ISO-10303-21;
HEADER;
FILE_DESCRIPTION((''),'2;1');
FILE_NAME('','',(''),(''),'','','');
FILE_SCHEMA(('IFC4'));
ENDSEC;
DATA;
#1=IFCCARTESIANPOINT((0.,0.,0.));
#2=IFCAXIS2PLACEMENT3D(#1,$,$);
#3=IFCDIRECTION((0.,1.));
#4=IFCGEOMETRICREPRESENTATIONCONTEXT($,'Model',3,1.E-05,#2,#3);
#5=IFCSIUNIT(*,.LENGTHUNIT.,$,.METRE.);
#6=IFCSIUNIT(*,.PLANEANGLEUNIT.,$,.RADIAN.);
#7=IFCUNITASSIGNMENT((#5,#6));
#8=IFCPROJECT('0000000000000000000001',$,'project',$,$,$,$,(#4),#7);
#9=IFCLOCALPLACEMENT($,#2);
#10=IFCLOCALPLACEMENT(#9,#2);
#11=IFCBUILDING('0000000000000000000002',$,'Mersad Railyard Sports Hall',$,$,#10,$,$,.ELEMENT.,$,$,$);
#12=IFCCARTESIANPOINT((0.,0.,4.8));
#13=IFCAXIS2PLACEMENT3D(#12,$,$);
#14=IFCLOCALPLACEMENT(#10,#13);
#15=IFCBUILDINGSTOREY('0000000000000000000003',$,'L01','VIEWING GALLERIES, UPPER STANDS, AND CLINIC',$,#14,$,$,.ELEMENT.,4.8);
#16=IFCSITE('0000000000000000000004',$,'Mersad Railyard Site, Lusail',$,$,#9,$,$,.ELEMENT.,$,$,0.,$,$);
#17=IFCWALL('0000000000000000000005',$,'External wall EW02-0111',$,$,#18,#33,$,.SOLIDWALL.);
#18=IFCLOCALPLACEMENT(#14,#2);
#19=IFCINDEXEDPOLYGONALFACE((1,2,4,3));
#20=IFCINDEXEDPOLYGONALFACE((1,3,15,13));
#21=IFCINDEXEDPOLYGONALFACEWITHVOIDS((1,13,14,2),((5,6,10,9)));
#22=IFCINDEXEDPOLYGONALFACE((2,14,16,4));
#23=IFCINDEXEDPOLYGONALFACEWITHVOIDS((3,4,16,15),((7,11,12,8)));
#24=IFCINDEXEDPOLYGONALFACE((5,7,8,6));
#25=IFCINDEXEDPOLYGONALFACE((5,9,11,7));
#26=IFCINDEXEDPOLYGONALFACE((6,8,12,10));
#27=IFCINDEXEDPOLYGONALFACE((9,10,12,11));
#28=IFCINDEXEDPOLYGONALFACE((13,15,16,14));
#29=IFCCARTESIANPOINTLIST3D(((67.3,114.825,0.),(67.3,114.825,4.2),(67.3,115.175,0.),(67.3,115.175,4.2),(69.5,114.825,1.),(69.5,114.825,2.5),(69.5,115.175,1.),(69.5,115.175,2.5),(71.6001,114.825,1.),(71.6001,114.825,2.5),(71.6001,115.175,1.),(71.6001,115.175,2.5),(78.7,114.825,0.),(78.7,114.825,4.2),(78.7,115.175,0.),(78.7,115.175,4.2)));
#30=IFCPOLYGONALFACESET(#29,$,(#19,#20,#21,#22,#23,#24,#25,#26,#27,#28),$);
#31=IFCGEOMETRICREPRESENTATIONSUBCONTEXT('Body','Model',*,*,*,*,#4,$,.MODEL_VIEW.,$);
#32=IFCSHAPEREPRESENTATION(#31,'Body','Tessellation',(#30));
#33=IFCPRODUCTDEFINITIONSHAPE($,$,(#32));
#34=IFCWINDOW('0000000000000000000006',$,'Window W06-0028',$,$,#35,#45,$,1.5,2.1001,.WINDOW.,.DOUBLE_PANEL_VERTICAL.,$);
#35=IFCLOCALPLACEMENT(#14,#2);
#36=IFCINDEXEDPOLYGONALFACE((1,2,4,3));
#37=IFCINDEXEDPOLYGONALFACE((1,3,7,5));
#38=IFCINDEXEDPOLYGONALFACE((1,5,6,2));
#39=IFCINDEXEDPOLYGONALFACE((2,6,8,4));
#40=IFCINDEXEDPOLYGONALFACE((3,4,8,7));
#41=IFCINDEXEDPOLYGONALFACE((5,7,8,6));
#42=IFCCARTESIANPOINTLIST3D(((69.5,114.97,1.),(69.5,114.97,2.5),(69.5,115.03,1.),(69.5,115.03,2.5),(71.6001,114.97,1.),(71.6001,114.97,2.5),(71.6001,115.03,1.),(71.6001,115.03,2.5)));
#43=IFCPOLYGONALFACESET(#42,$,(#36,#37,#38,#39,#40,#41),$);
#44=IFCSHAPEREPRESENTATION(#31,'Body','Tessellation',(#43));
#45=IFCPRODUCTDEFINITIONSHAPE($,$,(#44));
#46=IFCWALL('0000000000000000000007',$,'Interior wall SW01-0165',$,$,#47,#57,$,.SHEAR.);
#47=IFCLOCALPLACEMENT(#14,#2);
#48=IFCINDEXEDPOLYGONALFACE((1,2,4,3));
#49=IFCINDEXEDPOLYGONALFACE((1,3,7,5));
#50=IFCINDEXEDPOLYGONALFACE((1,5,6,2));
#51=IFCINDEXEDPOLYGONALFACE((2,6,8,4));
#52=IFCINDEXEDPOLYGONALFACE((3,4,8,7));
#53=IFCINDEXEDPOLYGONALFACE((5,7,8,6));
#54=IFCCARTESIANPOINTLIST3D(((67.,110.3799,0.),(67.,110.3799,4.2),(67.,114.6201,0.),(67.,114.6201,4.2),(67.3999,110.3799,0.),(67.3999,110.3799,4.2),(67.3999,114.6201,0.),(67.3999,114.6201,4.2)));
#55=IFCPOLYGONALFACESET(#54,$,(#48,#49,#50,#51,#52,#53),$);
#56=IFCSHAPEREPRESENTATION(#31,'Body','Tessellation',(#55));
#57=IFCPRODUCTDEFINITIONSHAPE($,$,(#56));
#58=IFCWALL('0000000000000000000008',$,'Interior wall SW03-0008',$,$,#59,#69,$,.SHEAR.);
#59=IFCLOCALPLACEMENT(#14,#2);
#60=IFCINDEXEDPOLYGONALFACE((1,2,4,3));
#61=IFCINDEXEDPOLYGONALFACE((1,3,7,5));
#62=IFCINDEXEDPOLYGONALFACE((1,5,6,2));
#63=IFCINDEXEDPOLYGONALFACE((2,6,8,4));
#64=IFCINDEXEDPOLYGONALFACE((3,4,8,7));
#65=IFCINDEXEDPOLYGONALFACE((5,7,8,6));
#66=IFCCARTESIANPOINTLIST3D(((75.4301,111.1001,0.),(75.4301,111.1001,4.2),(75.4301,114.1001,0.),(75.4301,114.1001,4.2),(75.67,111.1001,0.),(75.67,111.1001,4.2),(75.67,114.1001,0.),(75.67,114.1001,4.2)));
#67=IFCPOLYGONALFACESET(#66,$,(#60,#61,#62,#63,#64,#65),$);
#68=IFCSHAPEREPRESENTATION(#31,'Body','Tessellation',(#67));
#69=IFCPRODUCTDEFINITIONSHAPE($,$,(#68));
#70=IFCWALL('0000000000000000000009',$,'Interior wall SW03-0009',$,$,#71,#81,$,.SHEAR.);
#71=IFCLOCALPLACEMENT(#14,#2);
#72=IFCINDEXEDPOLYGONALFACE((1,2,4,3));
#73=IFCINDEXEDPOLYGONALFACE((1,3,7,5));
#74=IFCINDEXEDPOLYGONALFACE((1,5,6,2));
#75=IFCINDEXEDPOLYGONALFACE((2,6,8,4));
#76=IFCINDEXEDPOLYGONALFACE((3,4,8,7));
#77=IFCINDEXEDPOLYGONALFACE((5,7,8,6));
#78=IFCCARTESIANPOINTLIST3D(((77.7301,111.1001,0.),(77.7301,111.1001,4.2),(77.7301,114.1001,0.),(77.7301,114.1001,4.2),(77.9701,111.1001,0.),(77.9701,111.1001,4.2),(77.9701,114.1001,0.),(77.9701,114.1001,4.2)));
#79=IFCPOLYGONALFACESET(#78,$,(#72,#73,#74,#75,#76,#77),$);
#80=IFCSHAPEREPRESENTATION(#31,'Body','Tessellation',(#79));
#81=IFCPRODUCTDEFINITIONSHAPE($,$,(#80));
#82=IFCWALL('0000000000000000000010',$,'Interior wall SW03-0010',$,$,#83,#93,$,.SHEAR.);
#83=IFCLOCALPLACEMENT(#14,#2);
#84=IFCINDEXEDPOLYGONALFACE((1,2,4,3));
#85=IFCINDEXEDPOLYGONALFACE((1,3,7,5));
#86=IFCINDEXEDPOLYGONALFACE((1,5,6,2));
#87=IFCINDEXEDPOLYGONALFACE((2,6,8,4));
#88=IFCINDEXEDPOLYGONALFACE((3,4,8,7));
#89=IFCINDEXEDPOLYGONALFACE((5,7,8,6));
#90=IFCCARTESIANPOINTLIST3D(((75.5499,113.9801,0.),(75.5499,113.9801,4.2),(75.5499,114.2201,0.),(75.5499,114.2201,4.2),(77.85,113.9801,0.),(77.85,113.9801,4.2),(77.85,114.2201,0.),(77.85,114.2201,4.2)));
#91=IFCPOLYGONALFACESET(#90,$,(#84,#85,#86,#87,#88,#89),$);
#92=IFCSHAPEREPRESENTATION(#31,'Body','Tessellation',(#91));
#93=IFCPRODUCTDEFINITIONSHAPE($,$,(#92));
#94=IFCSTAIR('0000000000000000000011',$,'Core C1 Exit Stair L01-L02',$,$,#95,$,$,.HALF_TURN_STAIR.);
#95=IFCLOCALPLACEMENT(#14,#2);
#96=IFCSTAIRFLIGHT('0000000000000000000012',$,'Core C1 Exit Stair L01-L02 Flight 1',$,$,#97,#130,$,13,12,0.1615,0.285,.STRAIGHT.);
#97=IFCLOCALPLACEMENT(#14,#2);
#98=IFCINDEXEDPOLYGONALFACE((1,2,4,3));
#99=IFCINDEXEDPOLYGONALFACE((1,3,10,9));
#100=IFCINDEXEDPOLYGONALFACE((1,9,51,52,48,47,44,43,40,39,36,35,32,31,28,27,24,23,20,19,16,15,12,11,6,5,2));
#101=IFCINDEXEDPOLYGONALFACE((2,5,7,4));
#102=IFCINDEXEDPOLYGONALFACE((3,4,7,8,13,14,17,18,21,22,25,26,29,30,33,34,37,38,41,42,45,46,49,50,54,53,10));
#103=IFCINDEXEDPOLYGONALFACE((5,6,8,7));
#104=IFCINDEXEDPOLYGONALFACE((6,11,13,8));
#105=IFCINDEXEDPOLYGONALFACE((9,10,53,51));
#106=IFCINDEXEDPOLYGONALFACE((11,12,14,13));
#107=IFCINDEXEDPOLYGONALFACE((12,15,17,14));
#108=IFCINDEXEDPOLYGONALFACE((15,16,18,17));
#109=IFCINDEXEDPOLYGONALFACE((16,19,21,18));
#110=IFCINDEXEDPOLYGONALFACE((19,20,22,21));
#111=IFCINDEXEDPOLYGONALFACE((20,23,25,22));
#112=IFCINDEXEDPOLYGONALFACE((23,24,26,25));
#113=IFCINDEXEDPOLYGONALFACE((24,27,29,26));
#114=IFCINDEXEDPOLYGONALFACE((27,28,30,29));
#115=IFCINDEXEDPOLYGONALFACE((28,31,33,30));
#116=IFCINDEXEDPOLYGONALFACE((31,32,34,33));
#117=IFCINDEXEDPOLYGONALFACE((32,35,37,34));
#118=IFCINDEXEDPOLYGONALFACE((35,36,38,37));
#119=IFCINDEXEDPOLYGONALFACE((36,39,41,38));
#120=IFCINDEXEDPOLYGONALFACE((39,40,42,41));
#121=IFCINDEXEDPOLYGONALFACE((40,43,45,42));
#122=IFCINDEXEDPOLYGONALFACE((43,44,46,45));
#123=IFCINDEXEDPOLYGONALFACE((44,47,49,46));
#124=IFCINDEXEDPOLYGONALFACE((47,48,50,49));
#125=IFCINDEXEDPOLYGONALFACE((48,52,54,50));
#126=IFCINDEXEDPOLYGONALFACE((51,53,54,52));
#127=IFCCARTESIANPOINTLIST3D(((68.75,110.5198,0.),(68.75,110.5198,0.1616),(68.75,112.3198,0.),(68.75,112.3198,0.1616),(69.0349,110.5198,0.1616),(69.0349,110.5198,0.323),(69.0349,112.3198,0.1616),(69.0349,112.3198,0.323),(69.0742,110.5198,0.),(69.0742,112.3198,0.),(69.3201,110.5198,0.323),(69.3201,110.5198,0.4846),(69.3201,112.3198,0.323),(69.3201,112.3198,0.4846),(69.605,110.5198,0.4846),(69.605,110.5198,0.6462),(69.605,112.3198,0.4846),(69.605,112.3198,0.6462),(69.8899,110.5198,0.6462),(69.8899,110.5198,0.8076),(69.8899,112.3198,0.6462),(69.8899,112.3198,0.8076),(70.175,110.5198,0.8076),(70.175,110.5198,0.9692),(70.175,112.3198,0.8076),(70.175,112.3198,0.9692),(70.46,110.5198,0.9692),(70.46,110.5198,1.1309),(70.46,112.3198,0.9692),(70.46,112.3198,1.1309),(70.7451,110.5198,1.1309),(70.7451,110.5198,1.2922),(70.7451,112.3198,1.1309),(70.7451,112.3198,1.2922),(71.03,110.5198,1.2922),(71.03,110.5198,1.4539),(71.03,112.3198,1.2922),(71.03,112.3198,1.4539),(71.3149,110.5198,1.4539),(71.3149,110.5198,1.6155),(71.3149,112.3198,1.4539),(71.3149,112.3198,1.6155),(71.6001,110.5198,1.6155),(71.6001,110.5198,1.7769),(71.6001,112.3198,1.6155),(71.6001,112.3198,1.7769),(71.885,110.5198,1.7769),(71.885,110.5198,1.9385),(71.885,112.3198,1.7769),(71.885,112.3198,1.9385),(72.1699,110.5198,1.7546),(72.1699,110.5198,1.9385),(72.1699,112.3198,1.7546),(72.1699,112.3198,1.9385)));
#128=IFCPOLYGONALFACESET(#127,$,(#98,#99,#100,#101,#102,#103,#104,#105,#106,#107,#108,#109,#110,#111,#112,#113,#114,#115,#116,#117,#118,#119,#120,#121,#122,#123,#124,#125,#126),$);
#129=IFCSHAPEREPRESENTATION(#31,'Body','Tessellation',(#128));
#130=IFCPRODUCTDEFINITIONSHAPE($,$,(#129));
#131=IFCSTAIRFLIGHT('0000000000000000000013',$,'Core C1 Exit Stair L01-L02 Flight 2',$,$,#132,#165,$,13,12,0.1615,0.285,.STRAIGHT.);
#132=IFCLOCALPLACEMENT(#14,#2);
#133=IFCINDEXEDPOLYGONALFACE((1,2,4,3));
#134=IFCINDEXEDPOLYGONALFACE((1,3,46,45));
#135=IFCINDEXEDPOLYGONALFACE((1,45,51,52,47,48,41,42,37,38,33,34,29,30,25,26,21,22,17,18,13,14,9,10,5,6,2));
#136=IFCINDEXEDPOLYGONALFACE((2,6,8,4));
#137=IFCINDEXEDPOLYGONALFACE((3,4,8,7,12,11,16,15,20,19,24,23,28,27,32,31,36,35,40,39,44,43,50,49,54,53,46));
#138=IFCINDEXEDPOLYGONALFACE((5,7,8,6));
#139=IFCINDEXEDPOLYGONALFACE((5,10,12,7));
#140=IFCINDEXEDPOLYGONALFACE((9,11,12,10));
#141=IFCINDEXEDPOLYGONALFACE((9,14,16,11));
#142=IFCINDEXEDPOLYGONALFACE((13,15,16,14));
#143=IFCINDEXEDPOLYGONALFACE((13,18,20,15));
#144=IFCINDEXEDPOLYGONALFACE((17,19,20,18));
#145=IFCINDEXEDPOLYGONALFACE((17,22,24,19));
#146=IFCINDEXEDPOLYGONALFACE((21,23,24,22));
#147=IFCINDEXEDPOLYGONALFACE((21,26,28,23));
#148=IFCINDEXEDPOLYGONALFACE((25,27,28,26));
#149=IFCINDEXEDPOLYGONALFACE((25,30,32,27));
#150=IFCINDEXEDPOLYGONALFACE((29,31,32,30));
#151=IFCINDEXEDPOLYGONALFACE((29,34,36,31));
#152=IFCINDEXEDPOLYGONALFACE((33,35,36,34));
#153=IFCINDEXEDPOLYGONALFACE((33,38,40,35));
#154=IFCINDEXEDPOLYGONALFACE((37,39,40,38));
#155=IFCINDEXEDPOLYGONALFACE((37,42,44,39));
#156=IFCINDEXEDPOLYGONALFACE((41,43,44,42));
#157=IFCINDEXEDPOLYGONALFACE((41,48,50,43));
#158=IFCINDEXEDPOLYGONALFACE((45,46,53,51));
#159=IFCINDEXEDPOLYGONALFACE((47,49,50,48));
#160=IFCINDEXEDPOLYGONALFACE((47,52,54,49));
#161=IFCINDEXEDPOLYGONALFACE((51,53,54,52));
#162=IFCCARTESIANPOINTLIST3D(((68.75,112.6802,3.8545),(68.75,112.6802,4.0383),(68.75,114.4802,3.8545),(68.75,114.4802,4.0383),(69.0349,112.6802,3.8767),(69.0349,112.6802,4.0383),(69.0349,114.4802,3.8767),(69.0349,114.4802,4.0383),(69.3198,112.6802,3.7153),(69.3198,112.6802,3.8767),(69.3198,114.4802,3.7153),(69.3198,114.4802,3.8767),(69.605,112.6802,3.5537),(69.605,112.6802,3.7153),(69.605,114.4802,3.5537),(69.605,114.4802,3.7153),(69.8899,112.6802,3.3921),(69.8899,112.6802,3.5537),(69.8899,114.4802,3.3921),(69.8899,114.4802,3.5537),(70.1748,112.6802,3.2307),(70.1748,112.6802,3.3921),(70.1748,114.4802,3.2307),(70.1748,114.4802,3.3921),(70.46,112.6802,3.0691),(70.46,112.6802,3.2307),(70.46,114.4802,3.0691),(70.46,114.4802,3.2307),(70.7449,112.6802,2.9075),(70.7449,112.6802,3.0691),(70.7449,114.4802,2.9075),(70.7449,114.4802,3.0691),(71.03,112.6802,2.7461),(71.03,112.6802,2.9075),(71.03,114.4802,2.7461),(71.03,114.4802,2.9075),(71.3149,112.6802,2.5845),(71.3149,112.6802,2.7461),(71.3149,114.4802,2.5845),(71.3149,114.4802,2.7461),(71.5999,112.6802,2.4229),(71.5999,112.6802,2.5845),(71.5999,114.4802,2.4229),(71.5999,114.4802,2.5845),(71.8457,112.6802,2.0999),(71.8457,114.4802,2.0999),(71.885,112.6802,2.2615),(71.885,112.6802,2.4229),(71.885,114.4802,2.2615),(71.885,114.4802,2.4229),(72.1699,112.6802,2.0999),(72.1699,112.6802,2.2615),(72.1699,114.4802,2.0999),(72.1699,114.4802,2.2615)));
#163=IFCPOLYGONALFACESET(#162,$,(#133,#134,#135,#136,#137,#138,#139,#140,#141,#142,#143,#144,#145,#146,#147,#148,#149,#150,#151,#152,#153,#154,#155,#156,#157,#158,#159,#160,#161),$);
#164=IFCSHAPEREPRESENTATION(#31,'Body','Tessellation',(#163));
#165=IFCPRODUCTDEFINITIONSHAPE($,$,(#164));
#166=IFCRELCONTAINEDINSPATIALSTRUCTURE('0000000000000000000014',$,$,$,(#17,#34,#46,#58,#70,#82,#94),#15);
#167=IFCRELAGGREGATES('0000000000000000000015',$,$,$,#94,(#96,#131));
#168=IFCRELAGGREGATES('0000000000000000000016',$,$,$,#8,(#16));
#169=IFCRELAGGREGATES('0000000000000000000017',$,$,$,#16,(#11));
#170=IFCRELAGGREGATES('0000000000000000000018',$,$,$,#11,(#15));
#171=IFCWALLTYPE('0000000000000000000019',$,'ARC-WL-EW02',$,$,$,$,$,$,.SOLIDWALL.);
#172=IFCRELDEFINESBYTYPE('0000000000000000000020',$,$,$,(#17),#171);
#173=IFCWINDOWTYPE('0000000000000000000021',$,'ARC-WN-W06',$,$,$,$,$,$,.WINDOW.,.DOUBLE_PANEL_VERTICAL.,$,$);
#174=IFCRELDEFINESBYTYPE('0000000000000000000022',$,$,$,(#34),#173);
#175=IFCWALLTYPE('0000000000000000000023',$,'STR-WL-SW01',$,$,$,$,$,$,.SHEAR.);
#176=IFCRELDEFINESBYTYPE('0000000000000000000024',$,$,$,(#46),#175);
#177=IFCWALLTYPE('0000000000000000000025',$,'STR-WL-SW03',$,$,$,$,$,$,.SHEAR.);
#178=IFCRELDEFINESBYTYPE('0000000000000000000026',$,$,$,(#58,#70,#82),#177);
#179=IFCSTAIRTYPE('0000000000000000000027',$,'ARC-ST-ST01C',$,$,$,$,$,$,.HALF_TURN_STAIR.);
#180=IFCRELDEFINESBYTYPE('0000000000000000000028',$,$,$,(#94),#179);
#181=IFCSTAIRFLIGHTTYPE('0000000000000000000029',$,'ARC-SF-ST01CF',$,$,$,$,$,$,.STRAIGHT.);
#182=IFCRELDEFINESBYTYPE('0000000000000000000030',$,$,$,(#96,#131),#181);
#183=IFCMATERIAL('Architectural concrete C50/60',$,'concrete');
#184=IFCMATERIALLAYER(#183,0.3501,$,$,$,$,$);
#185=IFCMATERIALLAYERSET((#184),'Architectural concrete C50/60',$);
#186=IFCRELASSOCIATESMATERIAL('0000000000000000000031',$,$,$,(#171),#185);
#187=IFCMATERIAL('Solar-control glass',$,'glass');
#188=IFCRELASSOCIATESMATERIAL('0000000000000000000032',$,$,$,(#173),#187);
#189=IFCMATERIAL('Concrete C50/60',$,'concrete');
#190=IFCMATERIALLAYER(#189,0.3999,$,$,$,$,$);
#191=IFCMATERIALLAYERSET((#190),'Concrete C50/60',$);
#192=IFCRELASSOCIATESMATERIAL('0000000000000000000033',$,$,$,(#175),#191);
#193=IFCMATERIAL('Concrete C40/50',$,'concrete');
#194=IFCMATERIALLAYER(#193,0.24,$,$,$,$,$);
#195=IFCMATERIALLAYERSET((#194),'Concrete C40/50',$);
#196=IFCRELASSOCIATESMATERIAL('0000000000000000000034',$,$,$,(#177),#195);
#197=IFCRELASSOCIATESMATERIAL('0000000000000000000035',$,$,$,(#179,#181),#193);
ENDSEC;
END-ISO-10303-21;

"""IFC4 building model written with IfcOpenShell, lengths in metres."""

from ifc_helpers import new_model, si_unit, direction, frame, frame_2d, origin, place, context, subcontext, project, spatial, polyline, rectangle, outline, extrude, material, layer, layer_set, type_object, element, fill, aggregate, save


model = new_model("IFC4")

# Units and contexts
model_context = context("Model", 3, precision=1e-05, world=origin(), true_north=direction((0.0, 1.0)))
body_context = subcontext(model_context, "Body", "Model", "MODEL_VIEW")
ifc_project = project(units=[si_unit("LENGTHUNIT", "METRE"), si_unit("PLANEANGLEUNIT", "RADIAN")], contexts=[model_context])

# Site, building, storey
site_placement = place(None, origin())
site = spatial("IfcSite", under=ifc_project, at=site_placement, Name="Mersad Railyard Site, Lusail", CompositionType="ELEMENT", RefElevation=0.0)
building_placement = place(site_placement, origin())
building = spatial("IfcBuilding", under=site, at=building_placement, Name="Mersad Railyard Sports Hall", CompositionType="ELEMENT")
storey_placement = place(building_placement, frame((0.0, 0.0, 4.8)))
storey = spatial("IfcBuildingStorey", under=building, at=storey_placement, Name="L01", Description="VIEWING GALLERIES, UPPER STANDS, AND CLINIC", CompositionType="ELEMENT", Elevation=4.8)

# Shared definitions
ifc_material_1 = material(Name="Concrete C50/60", Category="concrete")

# Shared definitions
ifc_material_2 = material(Name="Solar-control glass", Category="glass")

# Wall, opening, window
ifc_material_3 = material(Name="Architectural concrete C50/60", Category="concrete")
ifc_layer_1 = layer(ifc_material_3, 0.3501)
ifc_layer_set_1 = layer_set([ifc_layer_1], Name="Architectural concrete C50/60")
wall_type_1 = type_object("IfcWallType", Name="ARC-WL-EW02", PredefinedType="SOLIDWALL", material=ifc_layer_set_1)
wall_1_placement = place(storey_placement, frame((67.3, 115.0, 0.0), z_axis=(0.0, 0.0, 1.0), x_axis=(1.0, 0.0, 0.0)))
wall_1 = element("IfcWall", 1, at=wall_1_placement, inside=storey, type_object=wall_type_1, Name="External wall EW02-0111", PredefinedType="SOLIDWALL", context=body_context, shape_type="SweptSolid", body=[
    extrude(rectangle(XDim=11.3999, YDim=0.3501, at=frame_2d((5.7, 0.0))), origin(), (0.0, 0.0, 1.0), 4.2),
])
opening_1_placement = place(wall_1_placement, frame((2.2, 0.0, 1.0)))
opening_1 = element("IfcOpeningElement", 2, at=opening_1_placement, cuts=wall_1, PredefinedType="OPENING", context=body_context, shape_type="SweptSolid", body=[
    extrude(rectangle(XDim=2.1001, YDim=1.5, at=frame_2d((1.05, 0.75))), frame((0.0, 0.1851, 0.0), z_axis=(0.0, -1.0, 0.0), x_axis=(1.0, 0.0, 0.0)), (0.0, 0.0, 1.0), 0.3701),
])
window_type = type_object("IfcWindowType", Name="ARC-WN-W06", PartitioningType="DOUBLE_PANEL_VERTICAL", PredefinedType="WINDOW", material=ifc_material_2)
window_placement = place(opening_1_placement, origin())
window = element("IfcWindow", 3, at=window_placement, inside=storey, type_object=window_type, Name="Window W06-0028", OverallHeight=1.5, OverallWidth=2.1001, PartitioningType="DOUBLE_PANEL_VERTICAL", PredefinedType="WINDOW", context=body_context, shape_type="SweptSolid", body=[
    extrude(rectangle(XDim=2.1001, YDim=1.5, at=frame_2d((1.05, 0.75))), frame((0.0, 0.03, 0.0), z_axis=(0.0, -1.0, 0.0), x_axis=(1.0, 0.0, 0.0)), (0.0, 0.0, 1.0), 0.0601),
])
fill(opening_1, window)

# Walls
ifc_layer_2 = layer(ifc_material_1, 0.3999)
ifc_layer_set_2 = layer_set([ifc_layer_2], Name="Concrete C50/60")
wall_type_2 = type_object("IfcWallType", Name="STR-WL-SW01", PredefinedType="SHEAR", material=ifc_layer_set_2)
wall_2_placement = place(storey_placement, frame((67.2, 114.6201, 0.0), z_axis=(0.0, 0.0, 1.0), x_axis=(0.0, -1.0, 0.0)))
element("IfcWall", 4, at=wall_2_placement, inside=storey, type_object=wall_type_2, Name="Interior wall SW01-0165", PredefinedType="SHEAR", context=body_context, shape_type="SweptSolid", body=[
    extrude(rectangle(XDim=4.2402, YDim=0.3999, at=frame_2d((2.1201, 0.0))), origin(), (0.0, 0.0, 1.0), 4.2),
])
ifc_material_4 = material(Name="Concrete C40/50", Category="concrete")
ifc_layer_3 = layer(ifc_material_4, 0.24)
ifc_layer_set_3 = layer_set([ifc_layer_3], Name="Concrete C40/50")
wall_type_3 = type_object("IfcWallType", Name="STR-WL-SW03", PredefinedType="SHEAR", material=ifc_layer_set_3)
for number, where, z_axis, x_axis, name in (
    (5, (75.55, 111.1001, 0.0), (0.0, 0.0, 1.0), (0.0, 1.0, 0.0), "Interior wall SW03-0008"),
    (6, (77.8501, 114.1001, 0.0), (0.0, 0.0, 1.0), (0.0, -1.0, 0.0), "Interior wall SW03-0009"),
):
    element("IfcWall", number, at=place(storey_placement, frame(where, z_axis=z_axis, x_axis=x_axis)), inside=storey, type_object=wall_type_3, Name=name, PredefinedType="SHEAR", context=body_context, shape_type="SweptSolid", body=[
        extrude(rectangle(XDim=3.0, YDim=0.24, at=frame_2d((1.5, 0.0))), origin(), (0.0, 0.0, 1.0), 4.2),
    ])
wall_3_placement = place(storey_placement, frame((75.55, 114.1001, 0.0), z_axis=(0.0, 0.0, 1.0), x_axis=(1.0, 0.0, 0.0)))
element("IfcWall", 7, at=wall_3_placement, inside=storey, type_object=wall_type_3, Name="Interior wall SW03-0010", PredefinedType="SHEAR", context=body_context, shape_type="SweptSolid", body=[
    extrude(rectangle(XDim=2.3, YDim=0.24, at=frame_2d((1.1499, 0.0))), origin(), (0.0, 0.0, 1.0), 4.2),
])

# Stair, stair flights
stair_type = type_object("IfcStairType", Name="ARC-ST-ST01C", PredefinedType="HALF_TURN_STAIR", material=ifc_material_4)
stair_placement = place(storey_placement, origin())
stair = element("IfcStair", 8, at=stair_placement, inside=storey, type_object=stair_type, Name="Core C1 Exit Stair L01-L02", PredefinedType="HALF_TURN_STAIR")
stair_flight_type = type_object("IfcStairFlightType", Name="ARC-SF-ST01CF", PredefinedType="STRAIGHT", material=ifc_material_4)
stair_flight_1_placement = place(storey_placement, frame((68.75, 111.4199, 0.0), z_axis=(0.0, 0.0, 1.0), x_axis=(1.0, 0.0, 0.0)))
stair_flight_1 = element("IfcStairFlight", 9, at=stair_flight_1_placement, type_object=stair_flight_type, Name="Core C1 Exit Stair L01-L02 Flight 1", NumberOfRisers=13, NumberOfTreads=12, PredefinedType="STRAIGHT", RiserHeight=0.1615, TreadLength=0.285, context=body_context, shape_type="SweptSolid", body=[
    extrude(outline(polyline([(0.0, 0.0), (0.0, 0.1616), (0.2849, 0.1616), (0.2849, 0.323), (0.5701, 0.323), (0.5701, 0.4846), (0.855, 0.4846), (0.855, 0.6462), (1.1399, 0.6462), (1.1399, 0.8076), (1.425, 0.8076), (1.425, 0.9692), (1.71, 0.9692), (1.71, 1.1309), (1.9951, 1.1309), (1.9951, 1.2922), (2.28, 1.2922), (2.28, 1.4539), (2.5649, 1.4539), (2.5649, 1.6155), (2.8501, 1.6155), (2.8501, 1.7769), (3.135, 1.7769), (3.135, 1.9385), (3.4199, 1.9385), (3.4199, 2.1001), (3.4199, 1.7546), (0.3242, 0.0), (0.0, 0.0)])), frame((0.0, 0.8999, 0.0), z_axis=(0.0, -1.0, 0.0), x_axis=(1.0, 0.0, 0.0)), (0.0, 0.0, 1.0), 1.8),
])
stair_flight_2_placement = place(storey_placement, frame((72.1699, 113.5801, 2.0999), z_axis=(0.0, 0.0, 1.0), x_axis=(-1.0, 0.0, 0.0)))
stair_flight_2 = element("IfcStairFlight", 10, at=stair_flight_2_placement, type_object=stair_flight_type, Name="Core C1 Exit Stair L01-L02 Flight 2", NumberOfRisers=13, NumberOfTreads=12, PredefinedType="STRAIGHT", RiserHeight=0.1615, TreadLength=0.285, context=body_context, shape_type="SweptSolid", body=[
    extrude(outline(polyline([(0.0, 0.0), (0.0, 0.1616), (0.2849, 0.1616), (0.2849, 0.323), (0.5701, 0.323), (0.5701, 0.4846), (0.855, 0.4846), (0.855, 0.6462), (1.1399, 0.6462), (1.1399, 0.8076), (1.425, 0.8076), (1.425, 0.9692), (1.71, 0.9692), (1.71, 1.1309), (1.9951, 1.1309), (1.9951, 1.2922), (2.28, 1.2922), (2.28, 1.4539), (2.5649, 1.4539), (2.5649, 1.6155), (2.8501, 1.6155), (2.8501, 1.7769), (3.135, 1.7769), (3.135, 1.9385), (3.4199, 1.9385), (3.4199, 2.1001), (3.4199, 1.7546), (0.3242, 0.0), (0.0, 0.0)])), frame((0.0, 0.8999, 0.0), z_axis=(0.0, -1.0, 0.0), x_axis=(1.0, 0.0, 0.0)), (0.0, 0.0, 1.0), 1.8),
])
aggregate(stair, [stair_flight_1, stair_flight_2])

save(model, "model.ifc")
